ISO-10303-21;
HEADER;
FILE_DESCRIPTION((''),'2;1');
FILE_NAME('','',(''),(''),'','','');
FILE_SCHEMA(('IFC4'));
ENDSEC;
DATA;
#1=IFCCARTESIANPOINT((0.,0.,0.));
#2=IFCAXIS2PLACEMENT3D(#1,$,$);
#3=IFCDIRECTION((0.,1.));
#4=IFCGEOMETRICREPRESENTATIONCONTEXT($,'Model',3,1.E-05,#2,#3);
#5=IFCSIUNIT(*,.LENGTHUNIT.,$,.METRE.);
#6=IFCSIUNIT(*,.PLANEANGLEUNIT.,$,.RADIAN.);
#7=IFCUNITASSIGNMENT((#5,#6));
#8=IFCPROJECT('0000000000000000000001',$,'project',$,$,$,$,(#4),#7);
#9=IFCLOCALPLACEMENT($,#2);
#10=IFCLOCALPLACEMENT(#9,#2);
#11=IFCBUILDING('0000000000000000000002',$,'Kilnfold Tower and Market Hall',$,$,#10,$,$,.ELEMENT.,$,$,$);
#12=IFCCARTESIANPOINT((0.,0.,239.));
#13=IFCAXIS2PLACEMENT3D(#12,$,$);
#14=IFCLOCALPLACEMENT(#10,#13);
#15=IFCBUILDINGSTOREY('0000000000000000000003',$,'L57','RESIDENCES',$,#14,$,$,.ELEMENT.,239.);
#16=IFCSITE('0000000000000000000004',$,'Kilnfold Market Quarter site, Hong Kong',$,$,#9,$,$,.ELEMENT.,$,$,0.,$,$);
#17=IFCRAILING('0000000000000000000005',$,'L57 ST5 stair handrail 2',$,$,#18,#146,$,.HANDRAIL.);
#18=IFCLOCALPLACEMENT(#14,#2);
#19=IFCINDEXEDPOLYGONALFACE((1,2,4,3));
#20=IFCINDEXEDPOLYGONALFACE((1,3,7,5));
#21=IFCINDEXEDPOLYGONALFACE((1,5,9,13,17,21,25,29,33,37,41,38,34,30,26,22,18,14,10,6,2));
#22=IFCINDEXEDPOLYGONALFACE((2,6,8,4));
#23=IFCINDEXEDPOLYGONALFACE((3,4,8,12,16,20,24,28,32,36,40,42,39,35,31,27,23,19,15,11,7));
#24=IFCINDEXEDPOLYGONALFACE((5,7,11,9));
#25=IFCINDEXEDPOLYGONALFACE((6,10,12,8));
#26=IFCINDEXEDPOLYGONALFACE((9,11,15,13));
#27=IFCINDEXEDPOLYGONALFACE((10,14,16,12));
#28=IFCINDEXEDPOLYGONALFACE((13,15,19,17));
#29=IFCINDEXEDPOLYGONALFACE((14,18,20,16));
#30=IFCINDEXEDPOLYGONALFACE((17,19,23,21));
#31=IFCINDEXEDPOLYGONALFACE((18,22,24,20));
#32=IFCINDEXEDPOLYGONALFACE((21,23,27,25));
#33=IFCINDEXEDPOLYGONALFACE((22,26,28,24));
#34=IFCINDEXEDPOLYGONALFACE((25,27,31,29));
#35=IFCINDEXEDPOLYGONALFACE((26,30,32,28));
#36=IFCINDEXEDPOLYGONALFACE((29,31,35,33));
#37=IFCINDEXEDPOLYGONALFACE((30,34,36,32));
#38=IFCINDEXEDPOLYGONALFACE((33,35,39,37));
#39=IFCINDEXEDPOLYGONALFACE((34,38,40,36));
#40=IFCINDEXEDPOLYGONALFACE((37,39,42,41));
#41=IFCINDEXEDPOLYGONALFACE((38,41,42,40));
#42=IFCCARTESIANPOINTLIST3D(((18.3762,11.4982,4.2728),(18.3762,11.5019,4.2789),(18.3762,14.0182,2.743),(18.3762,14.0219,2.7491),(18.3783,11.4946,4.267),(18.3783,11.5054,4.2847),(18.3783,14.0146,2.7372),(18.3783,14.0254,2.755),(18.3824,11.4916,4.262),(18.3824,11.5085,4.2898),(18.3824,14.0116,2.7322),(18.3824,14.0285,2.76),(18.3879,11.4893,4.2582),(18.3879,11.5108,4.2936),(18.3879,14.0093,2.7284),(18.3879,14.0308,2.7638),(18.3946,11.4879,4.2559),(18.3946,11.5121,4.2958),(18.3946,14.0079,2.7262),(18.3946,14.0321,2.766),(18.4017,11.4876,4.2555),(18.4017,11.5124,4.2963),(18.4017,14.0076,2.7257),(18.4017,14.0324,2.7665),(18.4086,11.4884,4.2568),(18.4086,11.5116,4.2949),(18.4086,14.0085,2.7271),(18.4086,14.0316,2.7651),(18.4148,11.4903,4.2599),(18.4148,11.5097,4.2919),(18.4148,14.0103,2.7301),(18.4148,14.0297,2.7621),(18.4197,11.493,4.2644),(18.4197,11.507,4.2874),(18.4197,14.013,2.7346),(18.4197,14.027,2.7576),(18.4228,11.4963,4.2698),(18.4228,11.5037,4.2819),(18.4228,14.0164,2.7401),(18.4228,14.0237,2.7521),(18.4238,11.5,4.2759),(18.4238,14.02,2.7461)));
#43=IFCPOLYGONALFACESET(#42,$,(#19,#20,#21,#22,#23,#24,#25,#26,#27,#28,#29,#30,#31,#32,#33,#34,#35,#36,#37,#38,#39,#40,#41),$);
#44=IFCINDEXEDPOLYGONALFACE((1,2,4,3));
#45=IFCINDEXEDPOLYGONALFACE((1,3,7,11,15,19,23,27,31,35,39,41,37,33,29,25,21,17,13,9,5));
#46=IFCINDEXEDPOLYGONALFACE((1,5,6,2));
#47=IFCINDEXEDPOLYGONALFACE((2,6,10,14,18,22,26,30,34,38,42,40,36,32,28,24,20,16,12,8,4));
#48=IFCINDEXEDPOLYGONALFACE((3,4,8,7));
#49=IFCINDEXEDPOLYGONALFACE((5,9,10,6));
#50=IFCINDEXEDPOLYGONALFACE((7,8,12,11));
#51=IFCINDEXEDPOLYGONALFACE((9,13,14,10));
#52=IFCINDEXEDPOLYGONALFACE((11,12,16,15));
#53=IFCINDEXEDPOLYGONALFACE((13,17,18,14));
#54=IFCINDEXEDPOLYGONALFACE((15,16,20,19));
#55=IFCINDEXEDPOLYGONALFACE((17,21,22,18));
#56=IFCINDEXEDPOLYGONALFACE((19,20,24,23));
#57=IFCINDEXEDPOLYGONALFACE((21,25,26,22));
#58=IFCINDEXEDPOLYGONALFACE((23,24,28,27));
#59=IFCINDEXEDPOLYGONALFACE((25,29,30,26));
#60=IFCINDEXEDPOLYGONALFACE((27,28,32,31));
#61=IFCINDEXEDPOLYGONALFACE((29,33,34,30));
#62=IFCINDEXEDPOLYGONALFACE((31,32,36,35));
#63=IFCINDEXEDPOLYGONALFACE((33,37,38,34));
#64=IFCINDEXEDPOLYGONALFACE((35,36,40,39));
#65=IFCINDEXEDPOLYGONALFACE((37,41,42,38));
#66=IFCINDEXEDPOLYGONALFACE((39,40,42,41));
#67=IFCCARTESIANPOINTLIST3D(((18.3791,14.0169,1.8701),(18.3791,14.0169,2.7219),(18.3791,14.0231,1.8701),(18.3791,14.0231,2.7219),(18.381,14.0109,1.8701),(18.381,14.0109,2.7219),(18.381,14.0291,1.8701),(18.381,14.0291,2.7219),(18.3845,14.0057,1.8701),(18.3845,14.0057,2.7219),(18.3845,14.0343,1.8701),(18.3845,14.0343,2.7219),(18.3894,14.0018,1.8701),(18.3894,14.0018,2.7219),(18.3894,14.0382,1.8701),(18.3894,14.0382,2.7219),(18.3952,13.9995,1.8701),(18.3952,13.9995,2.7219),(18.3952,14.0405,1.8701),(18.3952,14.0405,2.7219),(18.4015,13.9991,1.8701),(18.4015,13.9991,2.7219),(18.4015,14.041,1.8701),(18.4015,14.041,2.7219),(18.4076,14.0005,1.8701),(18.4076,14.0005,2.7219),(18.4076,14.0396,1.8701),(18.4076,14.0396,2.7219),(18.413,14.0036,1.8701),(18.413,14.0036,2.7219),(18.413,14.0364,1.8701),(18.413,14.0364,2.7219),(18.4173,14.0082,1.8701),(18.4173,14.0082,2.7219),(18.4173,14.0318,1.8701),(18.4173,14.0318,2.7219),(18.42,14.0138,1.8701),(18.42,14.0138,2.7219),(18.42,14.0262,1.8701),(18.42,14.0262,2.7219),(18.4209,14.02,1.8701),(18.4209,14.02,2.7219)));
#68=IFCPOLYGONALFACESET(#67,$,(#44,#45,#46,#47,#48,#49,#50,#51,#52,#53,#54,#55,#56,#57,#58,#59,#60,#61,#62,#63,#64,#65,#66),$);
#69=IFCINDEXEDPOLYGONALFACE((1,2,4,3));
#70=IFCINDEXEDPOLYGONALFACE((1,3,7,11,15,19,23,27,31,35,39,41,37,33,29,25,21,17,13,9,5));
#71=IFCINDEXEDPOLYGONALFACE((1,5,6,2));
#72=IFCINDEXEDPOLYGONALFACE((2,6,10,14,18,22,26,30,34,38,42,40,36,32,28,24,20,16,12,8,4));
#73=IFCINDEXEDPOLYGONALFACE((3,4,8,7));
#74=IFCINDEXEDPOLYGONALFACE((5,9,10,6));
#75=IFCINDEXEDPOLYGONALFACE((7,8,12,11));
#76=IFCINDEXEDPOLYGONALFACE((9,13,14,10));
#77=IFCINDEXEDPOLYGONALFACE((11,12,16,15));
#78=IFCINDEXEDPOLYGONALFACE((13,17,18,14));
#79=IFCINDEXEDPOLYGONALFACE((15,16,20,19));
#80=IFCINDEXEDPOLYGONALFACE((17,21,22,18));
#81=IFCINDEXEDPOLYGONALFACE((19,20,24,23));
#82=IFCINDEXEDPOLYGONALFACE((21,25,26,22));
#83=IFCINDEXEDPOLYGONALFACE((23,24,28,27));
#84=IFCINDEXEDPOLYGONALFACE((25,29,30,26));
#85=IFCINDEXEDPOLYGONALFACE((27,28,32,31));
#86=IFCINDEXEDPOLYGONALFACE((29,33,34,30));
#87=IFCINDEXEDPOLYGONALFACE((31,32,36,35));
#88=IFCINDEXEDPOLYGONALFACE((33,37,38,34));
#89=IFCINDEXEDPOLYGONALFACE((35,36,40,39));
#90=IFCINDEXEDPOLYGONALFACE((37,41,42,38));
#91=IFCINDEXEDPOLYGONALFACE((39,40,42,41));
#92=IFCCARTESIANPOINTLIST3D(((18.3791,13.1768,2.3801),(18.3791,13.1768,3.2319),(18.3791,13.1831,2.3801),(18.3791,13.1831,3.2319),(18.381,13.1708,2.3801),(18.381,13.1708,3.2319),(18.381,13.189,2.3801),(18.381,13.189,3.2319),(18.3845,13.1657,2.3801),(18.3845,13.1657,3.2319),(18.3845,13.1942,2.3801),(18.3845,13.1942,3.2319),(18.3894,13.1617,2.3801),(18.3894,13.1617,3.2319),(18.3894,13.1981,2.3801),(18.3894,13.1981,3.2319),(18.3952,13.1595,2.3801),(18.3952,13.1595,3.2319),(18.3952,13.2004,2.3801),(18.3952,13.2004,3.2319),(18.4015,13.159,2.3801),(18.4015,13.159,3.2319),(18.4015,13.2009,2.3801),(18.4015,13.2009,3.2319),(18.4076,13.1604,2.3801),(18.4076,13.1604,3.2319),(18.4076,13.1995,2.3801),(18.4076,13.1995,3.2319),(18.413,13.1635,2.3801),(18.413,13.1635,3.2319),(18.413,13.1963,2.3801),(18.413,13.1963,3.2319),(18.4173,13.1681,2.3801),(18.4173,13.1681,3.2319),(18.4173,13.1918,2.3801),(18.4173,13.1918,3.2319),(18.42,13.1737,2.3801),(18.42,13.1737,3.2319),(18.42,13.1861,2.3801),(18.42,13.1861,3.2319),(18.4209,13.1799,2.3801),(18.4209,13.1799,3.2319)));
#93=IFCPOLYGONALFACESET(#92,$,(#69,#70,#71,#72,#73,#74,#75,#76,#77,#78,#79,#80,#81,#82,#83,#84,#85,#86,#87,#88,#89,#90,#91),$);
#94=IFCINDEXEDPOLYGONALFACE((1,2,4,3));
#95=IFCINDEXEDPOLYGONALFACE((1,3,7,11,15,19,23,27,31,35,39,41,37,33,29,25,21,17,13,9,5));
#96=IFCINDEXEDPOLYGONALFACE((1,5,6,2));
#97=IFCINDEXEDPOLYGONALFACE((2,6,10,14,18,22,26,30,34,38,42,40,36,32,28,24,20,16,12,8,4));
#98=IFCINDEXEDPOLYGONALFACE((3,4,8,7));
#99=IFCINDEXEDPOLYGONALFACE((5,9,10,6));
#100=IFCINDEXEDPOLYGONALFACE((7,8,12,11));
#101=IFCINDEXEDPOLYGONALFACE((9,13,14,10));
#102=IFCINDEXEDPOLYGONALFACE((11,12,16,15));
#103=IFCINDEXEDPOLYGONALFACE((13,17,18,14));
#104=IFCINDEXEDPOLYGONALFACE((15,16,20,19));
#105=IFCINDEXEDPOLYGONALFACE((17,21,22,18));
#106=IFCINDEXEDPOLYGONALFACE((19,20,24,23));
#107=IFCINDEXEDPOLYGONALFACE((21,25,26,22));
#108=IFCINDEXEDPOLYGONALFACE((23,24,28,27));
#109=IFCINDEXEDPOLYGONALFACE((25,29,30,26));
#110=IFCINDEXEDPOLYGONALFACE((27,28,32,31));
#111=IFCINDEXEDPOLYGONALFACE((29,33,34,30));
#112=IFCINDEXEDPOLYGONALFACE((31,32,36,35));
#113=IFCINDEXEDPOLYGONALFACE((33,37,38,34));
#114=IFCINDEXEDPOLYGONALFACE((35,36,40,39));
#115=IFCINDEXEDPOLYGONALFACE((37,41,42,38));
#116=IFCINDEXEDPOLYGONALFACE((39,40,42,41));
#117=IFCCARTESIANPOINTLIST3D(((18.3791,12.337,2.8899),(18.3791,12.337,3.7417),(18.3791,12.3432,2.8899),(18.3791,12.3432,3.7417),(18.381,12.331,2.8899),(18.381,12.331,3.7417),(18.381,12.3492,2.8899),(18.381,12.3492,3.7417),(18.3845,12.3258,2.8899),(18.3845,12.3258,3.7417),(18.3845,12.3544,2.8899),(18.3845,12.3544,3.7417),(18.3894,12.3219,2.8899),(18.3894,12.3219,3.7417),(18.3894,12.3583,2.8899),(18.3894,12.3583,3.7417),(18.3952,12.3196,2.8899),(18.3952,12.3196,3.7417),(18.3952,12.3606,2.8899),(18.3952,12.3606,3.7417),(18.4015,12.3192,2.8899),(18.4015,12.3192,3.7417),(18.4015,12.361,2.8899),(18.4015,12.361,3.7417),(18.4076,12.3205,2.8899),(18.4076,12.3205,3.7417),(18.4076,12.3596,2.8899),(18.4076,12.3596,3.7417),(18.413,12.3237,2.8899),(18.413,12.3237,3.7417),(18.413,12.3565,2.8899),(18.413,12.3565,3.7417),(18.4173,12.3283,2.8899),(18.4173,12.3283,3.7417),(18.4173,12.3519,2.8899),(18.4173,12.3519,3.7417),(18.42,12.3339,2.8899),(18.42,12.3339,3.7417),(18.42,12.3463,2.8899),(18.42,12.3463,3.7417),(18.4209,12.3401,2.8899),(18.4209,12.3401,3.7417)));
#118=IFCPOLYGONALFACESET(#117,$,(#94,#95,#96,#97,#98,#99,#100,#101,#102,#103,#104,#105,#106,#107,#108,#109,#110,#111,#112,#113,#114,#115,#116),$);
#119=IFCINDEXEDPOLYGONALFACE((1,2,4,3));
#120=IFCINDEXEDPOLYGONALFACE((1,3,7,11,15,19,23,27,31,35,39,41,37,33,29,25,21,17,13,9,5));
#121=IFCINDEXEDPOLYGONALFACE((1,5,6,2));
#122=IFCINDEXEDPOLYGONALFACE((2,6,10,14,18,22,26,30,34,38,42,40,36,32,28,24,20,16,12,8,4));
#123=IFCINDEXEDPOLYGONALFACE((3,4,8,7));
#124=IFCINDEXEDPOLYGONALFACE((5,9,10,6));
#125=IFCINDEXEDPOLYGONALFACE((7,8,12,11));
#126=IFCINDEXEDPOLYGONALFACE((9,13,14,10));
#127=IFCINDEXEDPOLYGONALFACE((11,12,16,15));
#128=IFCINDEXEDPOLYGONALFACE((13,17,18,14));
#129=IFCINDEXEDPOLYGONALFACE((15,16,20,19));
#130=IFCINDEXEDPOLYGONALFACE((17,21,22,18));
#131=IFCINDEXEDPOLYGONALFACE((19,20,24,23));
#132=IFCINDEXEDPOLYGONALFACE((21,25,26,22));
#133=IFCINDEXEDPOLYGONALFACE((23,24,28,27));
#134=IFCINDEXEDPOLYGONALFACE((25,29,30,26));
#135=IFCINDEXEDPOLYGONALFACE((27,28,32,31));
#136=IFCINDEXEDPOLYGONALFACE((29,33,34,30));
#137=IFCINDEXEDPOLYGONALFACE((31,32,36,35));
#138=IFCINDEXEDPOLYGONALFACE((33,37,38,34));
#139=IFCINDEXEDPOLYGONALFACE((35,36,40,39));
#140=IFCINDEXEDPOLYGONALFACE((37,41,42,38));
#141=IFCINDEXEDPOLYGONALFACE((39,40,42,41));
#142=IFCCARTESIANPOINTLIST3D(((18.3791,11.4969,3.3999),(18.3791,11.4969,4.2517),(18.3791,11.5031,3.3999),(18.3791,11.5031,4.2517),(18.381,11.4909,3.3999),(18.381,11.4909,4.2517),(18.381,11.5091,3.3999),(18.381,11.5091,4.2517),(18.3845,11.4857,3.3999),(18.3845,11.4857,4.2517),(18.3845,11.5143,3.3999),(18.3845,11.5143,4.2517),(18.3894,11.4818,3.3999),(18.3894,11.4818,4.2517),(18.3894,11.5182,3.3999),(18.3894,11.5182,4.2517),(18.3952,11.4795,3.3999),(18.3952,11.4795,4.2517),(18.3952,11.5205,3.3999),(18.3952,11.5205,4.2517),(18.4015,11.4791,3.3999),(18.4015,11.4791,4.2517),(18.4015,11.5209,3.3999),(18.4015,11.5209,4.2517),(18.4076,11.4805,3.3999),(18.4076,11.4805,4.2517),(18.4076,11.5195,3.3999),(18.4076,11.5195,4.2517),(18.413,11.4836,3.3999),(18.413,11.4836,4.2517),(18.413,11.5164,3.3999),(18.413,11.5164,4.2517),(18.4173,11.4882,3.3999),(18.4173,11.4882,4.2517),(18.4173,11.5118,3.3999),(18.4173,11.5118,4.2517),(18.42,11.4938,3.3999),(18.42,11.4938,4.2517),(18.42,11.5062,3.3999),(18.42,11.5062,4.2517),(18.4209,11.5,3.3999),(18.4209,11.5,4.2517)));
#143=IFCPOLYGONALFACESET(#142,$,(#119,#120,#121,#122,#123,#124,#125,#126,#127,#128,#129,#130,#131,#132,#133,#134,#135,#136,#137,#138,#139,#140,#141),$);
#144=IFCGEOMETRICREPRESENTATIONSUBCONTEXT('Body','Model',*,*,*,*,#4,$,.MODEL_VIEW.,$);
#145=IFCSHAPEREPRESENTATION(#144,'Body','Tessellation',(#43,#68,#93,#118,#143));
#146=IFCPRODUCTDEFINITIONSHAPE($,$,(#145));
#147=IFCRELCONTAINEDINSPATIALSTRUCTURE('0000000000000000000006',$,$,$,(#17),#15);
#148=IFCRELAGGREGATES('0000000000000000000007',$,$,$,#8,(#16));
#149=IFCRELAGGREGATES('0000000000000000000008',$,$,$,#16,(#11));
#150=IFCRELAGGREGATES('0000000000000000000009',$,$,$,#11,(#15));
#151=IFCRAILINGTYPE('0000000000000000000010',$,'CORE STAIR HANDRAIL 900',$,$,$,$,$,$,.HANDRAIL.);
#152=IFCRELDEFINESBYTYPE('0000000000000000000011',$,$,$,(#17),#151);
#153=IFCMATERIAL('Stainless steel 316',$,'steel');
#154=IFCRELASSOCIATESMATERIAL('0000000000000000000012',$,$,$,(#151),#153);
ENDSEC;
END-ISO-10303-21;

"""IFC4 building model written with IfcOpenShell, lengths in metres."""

from ifc_helpers import new_model, si_unit, direction, frame, origin, origin_2d, place, context, subcontext, project, spatial, circle, extrude, material, type_object, element, save


model = new_model("IFC4")

# Units and contexts
model_context = context("Model", 3, precision=1e-05, world=origin(), true_north=direction((0.0, 1.0)))
body_context = subcontext(model_context, "Body", "Model", "MODEL_VIEW")
ifc_project = project(units=[si_unit("LENGTHUNIT", "METRE"), si_unit("PLANEANGLEUNIT", "RADIAN")], contexts=[model_context])

# Site, building, storey
site_placement = place(None, origin())
site = spatial("IfcSite", under=ifc_project, at=site_placement, Name="Kilnfold Market Quarter site, Hong Kong", CompositionType="ELEMENT", RefElevation=0.0)
building_placement = place(site_placement, origin())
building = spatial("IfcBuilding", under=site, at=building_placement, Name="Kilnfold Tower and Market Hall", CompositionType="ELEMENT")
storey_placement = place(building_placement, frame((0.0, 0.0, 239.0)))
storey = spatial("IfcBuildingStorey", under=building, at=storey_placement, Name="L57", Description="RESIDENCES", CompositionType="ELEMENT", Elevation=239.0)

# Railing
ifc_material_1 = material(Name="Stainless steel 316", Category="steel")
railing_type = type_object("IfcRailingType", Name="CORE STAIR HANDRAIL 900", PredefinedType="HANDRAIL", material=ifc_material_1)
railing_placement = place(storey_placement, frame((18.3999, 14.02, 1.8701)))
element("IfcRailing", 1, at=railing_placement, inside=storey, type_object=railing_type, Name="L57 ST5 stair handrail 2", PredefinedType="HANDRAIL", context=body_context, shape_type="SweptSolid", body=[
    extrude(circle(Radius=0.0239, at=origin_2d()), frame((0.0, 0.0, 0.876), z_axis=(0.0, -0.854822, 0.518922), x_axis=(1.0, 0.0, 0.0)), (0.0, 0.0, 1.0), 2.948),
    extrude(circle(Radius=0.021, at=origin_2d()), origin(), (0.0, 0.0, 1.0), 0.8518),
    extrude(circle(Radius=0.021, at=origin_2d()), frame((0.0, -0.8401, 0.51)), (0.0, 0.0, 1.0), 0.8518),
    extrude(circle(Radius=0.021, at=origin_2d()), frame((0.0, -1.6799, 1.0198)), (0.0, 0.0, 1.0), 0.8518),
    extrude(circle(Radius=0.021, at=origin_2d()), frame((0.0, -2.52, 1.5298)), (0.0, 0.0, 1.0), 0.8518),
])

save(model, "model.ifc")
